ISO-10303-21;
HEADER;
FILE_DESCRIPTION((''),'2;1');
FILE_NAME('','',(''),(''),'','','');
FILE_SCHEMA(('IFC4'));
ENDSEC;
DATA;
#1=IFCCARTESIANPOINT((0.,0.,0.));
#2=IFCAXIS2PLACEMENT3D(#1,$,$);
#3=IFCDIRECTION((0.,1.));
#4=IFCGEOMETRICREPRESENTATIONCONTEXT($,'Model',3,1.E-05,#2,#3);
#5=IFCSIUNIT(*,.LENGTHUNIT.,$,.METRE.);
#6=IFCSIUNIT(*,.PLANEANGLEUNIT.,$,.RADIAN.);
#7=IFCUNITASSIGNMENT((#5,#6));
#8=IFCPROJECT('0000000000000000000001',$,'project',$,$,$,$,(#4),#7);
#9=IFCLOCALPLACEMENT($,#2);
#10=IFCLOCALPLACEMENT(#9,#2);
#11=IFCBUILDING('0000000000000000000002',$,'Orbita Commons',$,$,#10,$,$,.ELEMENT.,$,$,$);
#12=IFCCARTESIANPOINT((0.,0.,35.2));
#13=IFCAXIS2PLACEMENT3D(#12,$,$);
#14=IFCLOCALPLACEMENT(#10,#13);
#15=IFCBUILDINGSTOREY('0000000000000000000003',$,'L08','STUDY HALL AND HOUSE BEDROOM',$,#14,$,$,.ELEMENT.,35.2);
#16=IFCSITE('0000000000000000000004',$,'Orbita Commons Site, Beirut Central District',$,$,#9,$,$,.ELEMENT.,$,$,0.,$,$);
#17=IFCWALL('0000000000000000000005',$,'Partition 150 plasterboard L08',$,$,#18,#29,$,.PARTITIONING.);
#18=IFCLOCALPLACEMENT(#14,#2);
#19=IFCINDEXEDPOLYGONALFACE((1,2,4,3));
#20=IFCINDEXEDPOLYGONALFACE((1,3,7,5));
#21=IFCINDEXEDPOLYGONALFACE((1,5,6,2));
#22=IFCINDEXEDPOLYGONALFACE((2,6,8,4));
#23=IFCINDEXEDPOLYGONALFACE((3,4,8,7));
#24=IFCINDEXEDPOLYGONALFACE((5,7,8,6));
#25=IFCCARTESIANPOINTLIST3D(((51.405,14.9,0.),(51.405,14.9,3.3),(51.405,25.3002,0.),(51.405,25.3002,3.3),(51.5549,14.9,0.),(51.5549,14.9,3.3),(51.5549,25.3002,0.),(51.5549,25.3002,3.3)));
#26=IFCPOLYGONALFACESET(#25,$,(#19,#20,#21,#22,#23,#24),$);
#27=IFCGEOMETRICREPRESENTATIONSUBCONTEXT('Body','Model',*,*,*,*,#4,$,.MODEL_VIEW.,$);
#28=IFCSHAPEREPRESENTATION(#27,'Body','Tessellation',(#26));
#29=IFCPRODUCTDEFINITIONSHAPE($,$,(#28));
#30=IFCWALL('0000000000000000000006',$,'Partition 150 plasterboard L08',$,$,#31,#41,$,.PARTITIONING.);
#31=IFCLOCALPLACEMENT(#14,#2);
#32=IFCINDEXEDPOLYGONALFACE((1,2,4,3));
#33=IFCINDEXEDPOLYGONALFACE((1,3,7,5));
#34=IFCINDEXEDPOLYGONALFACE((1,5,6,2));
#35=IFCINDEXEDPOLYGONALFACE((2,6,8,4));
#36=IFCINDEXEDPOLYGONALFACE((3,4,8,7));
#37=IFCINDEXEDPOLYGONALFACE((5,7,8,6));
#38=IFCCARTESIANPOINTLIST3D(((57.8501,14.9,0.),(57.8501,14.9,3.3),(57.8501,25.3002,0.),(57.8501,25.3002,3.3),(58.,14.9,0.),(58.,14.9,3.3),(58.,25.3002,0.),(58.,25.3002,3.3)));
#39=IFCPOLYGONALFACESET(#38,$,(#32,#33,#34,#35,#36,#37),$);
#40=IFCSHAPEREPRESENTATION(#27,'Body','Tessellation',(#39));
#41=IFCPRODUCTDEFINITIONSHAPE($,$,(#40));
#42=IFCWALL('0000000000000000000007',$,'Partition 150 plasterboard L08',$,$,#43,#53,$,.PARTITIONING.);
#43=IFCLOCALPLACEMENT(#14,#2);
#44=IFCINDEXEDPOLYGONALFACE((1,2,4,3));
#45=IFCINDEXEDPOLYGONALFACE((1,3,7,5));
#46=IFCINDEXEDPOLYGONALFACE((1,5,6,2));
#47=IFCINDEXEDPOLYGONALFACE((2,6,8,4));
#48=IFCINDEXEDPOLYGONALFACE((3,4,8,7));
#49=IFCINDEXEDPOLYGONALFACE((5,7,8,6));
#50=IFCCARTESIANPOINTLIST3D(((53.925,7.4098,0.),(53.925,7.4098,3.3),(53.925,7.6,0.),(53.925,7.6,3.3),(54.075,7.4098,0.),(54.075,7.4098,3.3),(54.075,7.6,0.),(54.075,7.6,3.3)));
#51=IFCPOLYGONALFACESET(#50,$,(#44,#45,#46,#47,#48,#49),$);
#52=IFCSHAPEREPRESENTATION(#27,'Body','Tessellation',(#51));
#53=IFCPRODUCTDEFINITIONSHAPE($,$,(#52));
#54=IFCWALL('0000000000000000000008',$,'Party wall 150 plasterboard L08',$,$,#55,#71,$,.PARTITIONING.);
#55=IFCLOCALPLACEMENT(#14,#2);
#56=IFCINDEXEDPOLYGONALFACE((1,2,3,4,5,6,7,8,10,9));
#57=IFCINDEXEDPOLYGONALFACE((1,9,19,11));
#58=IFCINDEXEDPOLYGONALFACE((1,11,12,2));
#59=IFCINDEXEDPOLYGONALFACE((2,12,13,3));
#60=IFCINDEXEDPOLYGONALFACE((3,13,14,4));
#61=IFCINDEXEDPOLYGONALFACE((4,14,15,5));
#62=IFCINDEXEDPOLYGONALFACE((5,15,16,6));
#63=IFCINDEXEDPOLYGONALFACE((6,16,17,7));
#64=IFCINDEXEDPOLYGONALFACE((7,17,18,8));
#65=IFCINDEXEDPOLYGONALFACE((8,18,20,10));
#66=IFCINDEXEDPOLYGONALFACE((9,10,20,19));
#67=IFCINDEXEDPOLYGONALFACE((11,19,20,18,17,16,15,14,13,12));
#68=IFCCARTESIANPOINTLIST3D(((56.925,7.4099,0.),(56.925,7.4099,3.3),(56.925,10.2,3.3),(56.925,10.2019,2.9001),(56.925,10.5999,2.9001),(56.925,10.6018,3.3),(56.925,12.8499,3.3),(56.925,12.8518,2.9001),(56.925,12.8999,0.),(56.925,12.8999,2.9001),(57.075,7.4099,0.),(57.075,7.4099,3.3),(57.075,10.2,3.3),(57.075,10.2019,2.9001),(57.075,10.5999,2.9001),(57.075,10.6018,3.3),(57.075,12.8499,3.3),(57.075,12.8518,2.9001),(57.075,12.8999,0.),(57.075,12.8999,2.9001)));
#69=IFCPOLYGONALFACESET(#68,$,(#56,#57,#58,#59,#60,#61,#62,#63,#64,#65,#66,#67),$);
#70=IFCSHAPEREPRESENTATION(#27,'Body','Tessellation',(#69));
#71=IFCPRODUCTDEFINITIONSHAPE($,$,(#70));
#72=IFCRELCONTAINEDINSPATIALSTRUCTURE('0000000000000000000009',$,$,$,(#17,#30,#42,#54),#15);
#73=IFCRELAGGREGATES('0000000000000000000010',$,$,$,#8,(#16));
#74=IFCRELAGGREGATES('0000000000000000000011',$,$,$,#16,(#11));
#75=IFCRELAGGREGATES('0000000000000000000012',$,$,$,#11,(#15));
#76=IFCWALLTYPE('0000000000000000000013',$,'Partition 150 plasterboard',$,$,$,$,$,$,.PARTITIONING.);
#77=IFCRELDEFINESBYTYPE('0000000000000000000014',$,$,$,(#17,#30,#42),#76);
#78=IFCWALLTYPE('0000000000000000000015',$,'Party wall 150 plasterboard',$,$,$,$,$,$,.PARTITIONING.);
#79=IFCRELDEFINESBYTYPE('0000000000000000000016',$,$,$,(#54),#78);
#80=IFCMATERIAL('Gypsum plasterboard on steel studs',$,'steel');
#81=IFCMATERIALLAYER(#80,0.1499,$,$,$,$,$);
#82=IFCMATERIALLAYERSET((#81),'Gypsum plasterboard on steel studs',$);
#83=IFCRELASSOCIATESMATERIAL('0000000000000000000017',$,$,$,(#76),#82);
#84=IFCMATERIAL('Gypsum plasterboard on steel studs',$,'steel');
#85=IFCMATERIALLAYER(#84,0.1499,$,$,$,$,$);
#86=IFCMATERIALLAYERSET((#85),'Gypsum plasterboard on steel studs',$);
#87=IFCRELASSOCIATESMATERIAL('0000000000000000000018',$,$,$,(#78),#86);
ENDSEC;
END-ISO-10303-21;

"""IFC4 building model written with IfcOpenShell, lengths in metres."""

from ifc_helpers import new_model, si_unit, direction, frame, frame_2d, origin, place, context, subcontext, project, spatial, polyline, rectangle, outline, extrude, material, layer, layer_set, type_object, element, save


model = new_model("IFC4")

# Units and contexts
model_context = context("Model", 3, precision=1e-05, world=origin(), true_north=direction((0.0, 1.0)))
body_context = subcontext(model_context, "Body", "Model", "MODEL_VIEW")
ifc_project = project(units=[si_unit("LENGTHUNIT", "METRE"), si_unit("PLANEANGLEUNIT", "RADIAN")], contexts=[model_context])

# Site, building, storey
site_placement = place(None, origin())
site = spatial("IfcSite", under=ifc_project, at=site_placement, Name="Orbita Commons Site, Beirut Central District", CompositionType="ELEMENT", RefElevation=0.0)
building_placement = place(site_placement, origin())
building = spatial("IfcBuilding", under=site, at=building_placement, Name="Orbita Commons", CompositionType="ELEMENT")
storey_placement = place(building_placement, frame((0.0, 0.0, 35.2)))
storey = spatial("IfcBuildingStorey", under=building, at=storey_placement, Name="L08", Description="STUDY HALL AND HOUSE BEDROOM", CompositionType="ELEMENT", Elevation=35.2)

# Walls
ifc_material_1 = material(Name="Gypsum plasterboard on steel studs", Category="steel")
ifc_layer_1 = layer(ifc_material_1, 0.1499)
ifc_layer_set_1 = layer_set([ifc_layer_1], Name="Gypsum plasterboard on steel studs")
wall_type_1 = type_object("IfcWallType", Name="Partition 150 plasterboard", PredefinedType="PARTITIONING", material=ifc_layer_set_1)
for number, where, z_axis, x_axis, name in (
    (1, (51.48, 14.8999, 0.0), (0.0, 0.0, 1.0), (0.0, 1.0, 0.0), "Partition 150 plasterboard L08"),
    (2, (57.925, 14.8999, 0.0), (0.0, 0.0, 1.0), (0.0, 1.0, 0.0), "Partition 150 plasterboard L08"),
):
    element("IfcWall", number, at=place(storey_placement, frame(where, z_axis=z_axis, x_axis=x_axis)), inside=storey, type_object=wall_type_1, Name=name, PredefinedType="PARTITIONING", context=body_context, shape_type="SweptSolid", body=[
        extrude(rectangle(XDim=10.4001, YDim=0.1499, at=frame_2d((5.2002, 0.0))), origin(), (0.0, 0.0, 1.0), 3.3),
    ])
wall_1_placement = place(storey_placement, frame((54.0, 7.6001, 0.0), z_axis=(0.0, 0.0, 1.0), x_axis=(0.0, -1.0, 0.0)))
element("IfcWall", 3, at=wall_1_placement, inside=storey, type_object=wall_type_1, Name="Partition 150 plasterboard L08", PredefinedType="PARTITIONING", context=body_context, shape_type="SweptSolid", body=[
    extrude(rectangle(XDim=0.1902, YDim=0.1499, at=frame_2d((0.0952, 0.0))), origin(), (0.0, 0.0, 1.0), 3.3),
])
ifc_material_2 = material(Name="Gypsum plasterboard on steel studs", Category="steel")
ifc_layer_2 = layer(ifc_material_2, 0.1499)
ifc_layer_set_2 = layer_set([ifc_layer_2], Name="Gypsum plasterboard on steel studs")
wall_type_2 = type_object("IfcWallType", Name="Party wall 150 plasterboard", PredefinedType="PARTITIONING", material=ifc_layer_set_2)
wall_2_placement = place(storey_placement, frame((57.0, 7.4099, 0.0), z_axis=(0.0, 0.0, 1.0), x_axis=(0.0, 1.0, 0.0)))
element("IfcWall", 4, at=wall_2_placement, inside=storey, type_object=wall_type_2, Name="Party wall 150 plasterboard L08", PredefinedType="PARTITIONING", context=body_context, shape_type="SweptSolid", body=[
    extrude(outline(polyline([(0.0, 0.0), (5.49, 0.0), (5.49, 2.9001), (5.4419, 2.9001), (5.4399, 3.3), (3.1919, 3.3), (3.1899, 2.9001), (2.792, 2.9001), (2.79, 3.3), (0.0, 3.3), (0.0, 0.0)])), frame((0.0, 0.075, 0.0), z_axis=(0.0, -1.0, 0.0), x_axis=(1.0, 0.0, 0.0)), (0.0, 0.0, 1.0), 0.1499),
])

save(model, "model.ifc")
